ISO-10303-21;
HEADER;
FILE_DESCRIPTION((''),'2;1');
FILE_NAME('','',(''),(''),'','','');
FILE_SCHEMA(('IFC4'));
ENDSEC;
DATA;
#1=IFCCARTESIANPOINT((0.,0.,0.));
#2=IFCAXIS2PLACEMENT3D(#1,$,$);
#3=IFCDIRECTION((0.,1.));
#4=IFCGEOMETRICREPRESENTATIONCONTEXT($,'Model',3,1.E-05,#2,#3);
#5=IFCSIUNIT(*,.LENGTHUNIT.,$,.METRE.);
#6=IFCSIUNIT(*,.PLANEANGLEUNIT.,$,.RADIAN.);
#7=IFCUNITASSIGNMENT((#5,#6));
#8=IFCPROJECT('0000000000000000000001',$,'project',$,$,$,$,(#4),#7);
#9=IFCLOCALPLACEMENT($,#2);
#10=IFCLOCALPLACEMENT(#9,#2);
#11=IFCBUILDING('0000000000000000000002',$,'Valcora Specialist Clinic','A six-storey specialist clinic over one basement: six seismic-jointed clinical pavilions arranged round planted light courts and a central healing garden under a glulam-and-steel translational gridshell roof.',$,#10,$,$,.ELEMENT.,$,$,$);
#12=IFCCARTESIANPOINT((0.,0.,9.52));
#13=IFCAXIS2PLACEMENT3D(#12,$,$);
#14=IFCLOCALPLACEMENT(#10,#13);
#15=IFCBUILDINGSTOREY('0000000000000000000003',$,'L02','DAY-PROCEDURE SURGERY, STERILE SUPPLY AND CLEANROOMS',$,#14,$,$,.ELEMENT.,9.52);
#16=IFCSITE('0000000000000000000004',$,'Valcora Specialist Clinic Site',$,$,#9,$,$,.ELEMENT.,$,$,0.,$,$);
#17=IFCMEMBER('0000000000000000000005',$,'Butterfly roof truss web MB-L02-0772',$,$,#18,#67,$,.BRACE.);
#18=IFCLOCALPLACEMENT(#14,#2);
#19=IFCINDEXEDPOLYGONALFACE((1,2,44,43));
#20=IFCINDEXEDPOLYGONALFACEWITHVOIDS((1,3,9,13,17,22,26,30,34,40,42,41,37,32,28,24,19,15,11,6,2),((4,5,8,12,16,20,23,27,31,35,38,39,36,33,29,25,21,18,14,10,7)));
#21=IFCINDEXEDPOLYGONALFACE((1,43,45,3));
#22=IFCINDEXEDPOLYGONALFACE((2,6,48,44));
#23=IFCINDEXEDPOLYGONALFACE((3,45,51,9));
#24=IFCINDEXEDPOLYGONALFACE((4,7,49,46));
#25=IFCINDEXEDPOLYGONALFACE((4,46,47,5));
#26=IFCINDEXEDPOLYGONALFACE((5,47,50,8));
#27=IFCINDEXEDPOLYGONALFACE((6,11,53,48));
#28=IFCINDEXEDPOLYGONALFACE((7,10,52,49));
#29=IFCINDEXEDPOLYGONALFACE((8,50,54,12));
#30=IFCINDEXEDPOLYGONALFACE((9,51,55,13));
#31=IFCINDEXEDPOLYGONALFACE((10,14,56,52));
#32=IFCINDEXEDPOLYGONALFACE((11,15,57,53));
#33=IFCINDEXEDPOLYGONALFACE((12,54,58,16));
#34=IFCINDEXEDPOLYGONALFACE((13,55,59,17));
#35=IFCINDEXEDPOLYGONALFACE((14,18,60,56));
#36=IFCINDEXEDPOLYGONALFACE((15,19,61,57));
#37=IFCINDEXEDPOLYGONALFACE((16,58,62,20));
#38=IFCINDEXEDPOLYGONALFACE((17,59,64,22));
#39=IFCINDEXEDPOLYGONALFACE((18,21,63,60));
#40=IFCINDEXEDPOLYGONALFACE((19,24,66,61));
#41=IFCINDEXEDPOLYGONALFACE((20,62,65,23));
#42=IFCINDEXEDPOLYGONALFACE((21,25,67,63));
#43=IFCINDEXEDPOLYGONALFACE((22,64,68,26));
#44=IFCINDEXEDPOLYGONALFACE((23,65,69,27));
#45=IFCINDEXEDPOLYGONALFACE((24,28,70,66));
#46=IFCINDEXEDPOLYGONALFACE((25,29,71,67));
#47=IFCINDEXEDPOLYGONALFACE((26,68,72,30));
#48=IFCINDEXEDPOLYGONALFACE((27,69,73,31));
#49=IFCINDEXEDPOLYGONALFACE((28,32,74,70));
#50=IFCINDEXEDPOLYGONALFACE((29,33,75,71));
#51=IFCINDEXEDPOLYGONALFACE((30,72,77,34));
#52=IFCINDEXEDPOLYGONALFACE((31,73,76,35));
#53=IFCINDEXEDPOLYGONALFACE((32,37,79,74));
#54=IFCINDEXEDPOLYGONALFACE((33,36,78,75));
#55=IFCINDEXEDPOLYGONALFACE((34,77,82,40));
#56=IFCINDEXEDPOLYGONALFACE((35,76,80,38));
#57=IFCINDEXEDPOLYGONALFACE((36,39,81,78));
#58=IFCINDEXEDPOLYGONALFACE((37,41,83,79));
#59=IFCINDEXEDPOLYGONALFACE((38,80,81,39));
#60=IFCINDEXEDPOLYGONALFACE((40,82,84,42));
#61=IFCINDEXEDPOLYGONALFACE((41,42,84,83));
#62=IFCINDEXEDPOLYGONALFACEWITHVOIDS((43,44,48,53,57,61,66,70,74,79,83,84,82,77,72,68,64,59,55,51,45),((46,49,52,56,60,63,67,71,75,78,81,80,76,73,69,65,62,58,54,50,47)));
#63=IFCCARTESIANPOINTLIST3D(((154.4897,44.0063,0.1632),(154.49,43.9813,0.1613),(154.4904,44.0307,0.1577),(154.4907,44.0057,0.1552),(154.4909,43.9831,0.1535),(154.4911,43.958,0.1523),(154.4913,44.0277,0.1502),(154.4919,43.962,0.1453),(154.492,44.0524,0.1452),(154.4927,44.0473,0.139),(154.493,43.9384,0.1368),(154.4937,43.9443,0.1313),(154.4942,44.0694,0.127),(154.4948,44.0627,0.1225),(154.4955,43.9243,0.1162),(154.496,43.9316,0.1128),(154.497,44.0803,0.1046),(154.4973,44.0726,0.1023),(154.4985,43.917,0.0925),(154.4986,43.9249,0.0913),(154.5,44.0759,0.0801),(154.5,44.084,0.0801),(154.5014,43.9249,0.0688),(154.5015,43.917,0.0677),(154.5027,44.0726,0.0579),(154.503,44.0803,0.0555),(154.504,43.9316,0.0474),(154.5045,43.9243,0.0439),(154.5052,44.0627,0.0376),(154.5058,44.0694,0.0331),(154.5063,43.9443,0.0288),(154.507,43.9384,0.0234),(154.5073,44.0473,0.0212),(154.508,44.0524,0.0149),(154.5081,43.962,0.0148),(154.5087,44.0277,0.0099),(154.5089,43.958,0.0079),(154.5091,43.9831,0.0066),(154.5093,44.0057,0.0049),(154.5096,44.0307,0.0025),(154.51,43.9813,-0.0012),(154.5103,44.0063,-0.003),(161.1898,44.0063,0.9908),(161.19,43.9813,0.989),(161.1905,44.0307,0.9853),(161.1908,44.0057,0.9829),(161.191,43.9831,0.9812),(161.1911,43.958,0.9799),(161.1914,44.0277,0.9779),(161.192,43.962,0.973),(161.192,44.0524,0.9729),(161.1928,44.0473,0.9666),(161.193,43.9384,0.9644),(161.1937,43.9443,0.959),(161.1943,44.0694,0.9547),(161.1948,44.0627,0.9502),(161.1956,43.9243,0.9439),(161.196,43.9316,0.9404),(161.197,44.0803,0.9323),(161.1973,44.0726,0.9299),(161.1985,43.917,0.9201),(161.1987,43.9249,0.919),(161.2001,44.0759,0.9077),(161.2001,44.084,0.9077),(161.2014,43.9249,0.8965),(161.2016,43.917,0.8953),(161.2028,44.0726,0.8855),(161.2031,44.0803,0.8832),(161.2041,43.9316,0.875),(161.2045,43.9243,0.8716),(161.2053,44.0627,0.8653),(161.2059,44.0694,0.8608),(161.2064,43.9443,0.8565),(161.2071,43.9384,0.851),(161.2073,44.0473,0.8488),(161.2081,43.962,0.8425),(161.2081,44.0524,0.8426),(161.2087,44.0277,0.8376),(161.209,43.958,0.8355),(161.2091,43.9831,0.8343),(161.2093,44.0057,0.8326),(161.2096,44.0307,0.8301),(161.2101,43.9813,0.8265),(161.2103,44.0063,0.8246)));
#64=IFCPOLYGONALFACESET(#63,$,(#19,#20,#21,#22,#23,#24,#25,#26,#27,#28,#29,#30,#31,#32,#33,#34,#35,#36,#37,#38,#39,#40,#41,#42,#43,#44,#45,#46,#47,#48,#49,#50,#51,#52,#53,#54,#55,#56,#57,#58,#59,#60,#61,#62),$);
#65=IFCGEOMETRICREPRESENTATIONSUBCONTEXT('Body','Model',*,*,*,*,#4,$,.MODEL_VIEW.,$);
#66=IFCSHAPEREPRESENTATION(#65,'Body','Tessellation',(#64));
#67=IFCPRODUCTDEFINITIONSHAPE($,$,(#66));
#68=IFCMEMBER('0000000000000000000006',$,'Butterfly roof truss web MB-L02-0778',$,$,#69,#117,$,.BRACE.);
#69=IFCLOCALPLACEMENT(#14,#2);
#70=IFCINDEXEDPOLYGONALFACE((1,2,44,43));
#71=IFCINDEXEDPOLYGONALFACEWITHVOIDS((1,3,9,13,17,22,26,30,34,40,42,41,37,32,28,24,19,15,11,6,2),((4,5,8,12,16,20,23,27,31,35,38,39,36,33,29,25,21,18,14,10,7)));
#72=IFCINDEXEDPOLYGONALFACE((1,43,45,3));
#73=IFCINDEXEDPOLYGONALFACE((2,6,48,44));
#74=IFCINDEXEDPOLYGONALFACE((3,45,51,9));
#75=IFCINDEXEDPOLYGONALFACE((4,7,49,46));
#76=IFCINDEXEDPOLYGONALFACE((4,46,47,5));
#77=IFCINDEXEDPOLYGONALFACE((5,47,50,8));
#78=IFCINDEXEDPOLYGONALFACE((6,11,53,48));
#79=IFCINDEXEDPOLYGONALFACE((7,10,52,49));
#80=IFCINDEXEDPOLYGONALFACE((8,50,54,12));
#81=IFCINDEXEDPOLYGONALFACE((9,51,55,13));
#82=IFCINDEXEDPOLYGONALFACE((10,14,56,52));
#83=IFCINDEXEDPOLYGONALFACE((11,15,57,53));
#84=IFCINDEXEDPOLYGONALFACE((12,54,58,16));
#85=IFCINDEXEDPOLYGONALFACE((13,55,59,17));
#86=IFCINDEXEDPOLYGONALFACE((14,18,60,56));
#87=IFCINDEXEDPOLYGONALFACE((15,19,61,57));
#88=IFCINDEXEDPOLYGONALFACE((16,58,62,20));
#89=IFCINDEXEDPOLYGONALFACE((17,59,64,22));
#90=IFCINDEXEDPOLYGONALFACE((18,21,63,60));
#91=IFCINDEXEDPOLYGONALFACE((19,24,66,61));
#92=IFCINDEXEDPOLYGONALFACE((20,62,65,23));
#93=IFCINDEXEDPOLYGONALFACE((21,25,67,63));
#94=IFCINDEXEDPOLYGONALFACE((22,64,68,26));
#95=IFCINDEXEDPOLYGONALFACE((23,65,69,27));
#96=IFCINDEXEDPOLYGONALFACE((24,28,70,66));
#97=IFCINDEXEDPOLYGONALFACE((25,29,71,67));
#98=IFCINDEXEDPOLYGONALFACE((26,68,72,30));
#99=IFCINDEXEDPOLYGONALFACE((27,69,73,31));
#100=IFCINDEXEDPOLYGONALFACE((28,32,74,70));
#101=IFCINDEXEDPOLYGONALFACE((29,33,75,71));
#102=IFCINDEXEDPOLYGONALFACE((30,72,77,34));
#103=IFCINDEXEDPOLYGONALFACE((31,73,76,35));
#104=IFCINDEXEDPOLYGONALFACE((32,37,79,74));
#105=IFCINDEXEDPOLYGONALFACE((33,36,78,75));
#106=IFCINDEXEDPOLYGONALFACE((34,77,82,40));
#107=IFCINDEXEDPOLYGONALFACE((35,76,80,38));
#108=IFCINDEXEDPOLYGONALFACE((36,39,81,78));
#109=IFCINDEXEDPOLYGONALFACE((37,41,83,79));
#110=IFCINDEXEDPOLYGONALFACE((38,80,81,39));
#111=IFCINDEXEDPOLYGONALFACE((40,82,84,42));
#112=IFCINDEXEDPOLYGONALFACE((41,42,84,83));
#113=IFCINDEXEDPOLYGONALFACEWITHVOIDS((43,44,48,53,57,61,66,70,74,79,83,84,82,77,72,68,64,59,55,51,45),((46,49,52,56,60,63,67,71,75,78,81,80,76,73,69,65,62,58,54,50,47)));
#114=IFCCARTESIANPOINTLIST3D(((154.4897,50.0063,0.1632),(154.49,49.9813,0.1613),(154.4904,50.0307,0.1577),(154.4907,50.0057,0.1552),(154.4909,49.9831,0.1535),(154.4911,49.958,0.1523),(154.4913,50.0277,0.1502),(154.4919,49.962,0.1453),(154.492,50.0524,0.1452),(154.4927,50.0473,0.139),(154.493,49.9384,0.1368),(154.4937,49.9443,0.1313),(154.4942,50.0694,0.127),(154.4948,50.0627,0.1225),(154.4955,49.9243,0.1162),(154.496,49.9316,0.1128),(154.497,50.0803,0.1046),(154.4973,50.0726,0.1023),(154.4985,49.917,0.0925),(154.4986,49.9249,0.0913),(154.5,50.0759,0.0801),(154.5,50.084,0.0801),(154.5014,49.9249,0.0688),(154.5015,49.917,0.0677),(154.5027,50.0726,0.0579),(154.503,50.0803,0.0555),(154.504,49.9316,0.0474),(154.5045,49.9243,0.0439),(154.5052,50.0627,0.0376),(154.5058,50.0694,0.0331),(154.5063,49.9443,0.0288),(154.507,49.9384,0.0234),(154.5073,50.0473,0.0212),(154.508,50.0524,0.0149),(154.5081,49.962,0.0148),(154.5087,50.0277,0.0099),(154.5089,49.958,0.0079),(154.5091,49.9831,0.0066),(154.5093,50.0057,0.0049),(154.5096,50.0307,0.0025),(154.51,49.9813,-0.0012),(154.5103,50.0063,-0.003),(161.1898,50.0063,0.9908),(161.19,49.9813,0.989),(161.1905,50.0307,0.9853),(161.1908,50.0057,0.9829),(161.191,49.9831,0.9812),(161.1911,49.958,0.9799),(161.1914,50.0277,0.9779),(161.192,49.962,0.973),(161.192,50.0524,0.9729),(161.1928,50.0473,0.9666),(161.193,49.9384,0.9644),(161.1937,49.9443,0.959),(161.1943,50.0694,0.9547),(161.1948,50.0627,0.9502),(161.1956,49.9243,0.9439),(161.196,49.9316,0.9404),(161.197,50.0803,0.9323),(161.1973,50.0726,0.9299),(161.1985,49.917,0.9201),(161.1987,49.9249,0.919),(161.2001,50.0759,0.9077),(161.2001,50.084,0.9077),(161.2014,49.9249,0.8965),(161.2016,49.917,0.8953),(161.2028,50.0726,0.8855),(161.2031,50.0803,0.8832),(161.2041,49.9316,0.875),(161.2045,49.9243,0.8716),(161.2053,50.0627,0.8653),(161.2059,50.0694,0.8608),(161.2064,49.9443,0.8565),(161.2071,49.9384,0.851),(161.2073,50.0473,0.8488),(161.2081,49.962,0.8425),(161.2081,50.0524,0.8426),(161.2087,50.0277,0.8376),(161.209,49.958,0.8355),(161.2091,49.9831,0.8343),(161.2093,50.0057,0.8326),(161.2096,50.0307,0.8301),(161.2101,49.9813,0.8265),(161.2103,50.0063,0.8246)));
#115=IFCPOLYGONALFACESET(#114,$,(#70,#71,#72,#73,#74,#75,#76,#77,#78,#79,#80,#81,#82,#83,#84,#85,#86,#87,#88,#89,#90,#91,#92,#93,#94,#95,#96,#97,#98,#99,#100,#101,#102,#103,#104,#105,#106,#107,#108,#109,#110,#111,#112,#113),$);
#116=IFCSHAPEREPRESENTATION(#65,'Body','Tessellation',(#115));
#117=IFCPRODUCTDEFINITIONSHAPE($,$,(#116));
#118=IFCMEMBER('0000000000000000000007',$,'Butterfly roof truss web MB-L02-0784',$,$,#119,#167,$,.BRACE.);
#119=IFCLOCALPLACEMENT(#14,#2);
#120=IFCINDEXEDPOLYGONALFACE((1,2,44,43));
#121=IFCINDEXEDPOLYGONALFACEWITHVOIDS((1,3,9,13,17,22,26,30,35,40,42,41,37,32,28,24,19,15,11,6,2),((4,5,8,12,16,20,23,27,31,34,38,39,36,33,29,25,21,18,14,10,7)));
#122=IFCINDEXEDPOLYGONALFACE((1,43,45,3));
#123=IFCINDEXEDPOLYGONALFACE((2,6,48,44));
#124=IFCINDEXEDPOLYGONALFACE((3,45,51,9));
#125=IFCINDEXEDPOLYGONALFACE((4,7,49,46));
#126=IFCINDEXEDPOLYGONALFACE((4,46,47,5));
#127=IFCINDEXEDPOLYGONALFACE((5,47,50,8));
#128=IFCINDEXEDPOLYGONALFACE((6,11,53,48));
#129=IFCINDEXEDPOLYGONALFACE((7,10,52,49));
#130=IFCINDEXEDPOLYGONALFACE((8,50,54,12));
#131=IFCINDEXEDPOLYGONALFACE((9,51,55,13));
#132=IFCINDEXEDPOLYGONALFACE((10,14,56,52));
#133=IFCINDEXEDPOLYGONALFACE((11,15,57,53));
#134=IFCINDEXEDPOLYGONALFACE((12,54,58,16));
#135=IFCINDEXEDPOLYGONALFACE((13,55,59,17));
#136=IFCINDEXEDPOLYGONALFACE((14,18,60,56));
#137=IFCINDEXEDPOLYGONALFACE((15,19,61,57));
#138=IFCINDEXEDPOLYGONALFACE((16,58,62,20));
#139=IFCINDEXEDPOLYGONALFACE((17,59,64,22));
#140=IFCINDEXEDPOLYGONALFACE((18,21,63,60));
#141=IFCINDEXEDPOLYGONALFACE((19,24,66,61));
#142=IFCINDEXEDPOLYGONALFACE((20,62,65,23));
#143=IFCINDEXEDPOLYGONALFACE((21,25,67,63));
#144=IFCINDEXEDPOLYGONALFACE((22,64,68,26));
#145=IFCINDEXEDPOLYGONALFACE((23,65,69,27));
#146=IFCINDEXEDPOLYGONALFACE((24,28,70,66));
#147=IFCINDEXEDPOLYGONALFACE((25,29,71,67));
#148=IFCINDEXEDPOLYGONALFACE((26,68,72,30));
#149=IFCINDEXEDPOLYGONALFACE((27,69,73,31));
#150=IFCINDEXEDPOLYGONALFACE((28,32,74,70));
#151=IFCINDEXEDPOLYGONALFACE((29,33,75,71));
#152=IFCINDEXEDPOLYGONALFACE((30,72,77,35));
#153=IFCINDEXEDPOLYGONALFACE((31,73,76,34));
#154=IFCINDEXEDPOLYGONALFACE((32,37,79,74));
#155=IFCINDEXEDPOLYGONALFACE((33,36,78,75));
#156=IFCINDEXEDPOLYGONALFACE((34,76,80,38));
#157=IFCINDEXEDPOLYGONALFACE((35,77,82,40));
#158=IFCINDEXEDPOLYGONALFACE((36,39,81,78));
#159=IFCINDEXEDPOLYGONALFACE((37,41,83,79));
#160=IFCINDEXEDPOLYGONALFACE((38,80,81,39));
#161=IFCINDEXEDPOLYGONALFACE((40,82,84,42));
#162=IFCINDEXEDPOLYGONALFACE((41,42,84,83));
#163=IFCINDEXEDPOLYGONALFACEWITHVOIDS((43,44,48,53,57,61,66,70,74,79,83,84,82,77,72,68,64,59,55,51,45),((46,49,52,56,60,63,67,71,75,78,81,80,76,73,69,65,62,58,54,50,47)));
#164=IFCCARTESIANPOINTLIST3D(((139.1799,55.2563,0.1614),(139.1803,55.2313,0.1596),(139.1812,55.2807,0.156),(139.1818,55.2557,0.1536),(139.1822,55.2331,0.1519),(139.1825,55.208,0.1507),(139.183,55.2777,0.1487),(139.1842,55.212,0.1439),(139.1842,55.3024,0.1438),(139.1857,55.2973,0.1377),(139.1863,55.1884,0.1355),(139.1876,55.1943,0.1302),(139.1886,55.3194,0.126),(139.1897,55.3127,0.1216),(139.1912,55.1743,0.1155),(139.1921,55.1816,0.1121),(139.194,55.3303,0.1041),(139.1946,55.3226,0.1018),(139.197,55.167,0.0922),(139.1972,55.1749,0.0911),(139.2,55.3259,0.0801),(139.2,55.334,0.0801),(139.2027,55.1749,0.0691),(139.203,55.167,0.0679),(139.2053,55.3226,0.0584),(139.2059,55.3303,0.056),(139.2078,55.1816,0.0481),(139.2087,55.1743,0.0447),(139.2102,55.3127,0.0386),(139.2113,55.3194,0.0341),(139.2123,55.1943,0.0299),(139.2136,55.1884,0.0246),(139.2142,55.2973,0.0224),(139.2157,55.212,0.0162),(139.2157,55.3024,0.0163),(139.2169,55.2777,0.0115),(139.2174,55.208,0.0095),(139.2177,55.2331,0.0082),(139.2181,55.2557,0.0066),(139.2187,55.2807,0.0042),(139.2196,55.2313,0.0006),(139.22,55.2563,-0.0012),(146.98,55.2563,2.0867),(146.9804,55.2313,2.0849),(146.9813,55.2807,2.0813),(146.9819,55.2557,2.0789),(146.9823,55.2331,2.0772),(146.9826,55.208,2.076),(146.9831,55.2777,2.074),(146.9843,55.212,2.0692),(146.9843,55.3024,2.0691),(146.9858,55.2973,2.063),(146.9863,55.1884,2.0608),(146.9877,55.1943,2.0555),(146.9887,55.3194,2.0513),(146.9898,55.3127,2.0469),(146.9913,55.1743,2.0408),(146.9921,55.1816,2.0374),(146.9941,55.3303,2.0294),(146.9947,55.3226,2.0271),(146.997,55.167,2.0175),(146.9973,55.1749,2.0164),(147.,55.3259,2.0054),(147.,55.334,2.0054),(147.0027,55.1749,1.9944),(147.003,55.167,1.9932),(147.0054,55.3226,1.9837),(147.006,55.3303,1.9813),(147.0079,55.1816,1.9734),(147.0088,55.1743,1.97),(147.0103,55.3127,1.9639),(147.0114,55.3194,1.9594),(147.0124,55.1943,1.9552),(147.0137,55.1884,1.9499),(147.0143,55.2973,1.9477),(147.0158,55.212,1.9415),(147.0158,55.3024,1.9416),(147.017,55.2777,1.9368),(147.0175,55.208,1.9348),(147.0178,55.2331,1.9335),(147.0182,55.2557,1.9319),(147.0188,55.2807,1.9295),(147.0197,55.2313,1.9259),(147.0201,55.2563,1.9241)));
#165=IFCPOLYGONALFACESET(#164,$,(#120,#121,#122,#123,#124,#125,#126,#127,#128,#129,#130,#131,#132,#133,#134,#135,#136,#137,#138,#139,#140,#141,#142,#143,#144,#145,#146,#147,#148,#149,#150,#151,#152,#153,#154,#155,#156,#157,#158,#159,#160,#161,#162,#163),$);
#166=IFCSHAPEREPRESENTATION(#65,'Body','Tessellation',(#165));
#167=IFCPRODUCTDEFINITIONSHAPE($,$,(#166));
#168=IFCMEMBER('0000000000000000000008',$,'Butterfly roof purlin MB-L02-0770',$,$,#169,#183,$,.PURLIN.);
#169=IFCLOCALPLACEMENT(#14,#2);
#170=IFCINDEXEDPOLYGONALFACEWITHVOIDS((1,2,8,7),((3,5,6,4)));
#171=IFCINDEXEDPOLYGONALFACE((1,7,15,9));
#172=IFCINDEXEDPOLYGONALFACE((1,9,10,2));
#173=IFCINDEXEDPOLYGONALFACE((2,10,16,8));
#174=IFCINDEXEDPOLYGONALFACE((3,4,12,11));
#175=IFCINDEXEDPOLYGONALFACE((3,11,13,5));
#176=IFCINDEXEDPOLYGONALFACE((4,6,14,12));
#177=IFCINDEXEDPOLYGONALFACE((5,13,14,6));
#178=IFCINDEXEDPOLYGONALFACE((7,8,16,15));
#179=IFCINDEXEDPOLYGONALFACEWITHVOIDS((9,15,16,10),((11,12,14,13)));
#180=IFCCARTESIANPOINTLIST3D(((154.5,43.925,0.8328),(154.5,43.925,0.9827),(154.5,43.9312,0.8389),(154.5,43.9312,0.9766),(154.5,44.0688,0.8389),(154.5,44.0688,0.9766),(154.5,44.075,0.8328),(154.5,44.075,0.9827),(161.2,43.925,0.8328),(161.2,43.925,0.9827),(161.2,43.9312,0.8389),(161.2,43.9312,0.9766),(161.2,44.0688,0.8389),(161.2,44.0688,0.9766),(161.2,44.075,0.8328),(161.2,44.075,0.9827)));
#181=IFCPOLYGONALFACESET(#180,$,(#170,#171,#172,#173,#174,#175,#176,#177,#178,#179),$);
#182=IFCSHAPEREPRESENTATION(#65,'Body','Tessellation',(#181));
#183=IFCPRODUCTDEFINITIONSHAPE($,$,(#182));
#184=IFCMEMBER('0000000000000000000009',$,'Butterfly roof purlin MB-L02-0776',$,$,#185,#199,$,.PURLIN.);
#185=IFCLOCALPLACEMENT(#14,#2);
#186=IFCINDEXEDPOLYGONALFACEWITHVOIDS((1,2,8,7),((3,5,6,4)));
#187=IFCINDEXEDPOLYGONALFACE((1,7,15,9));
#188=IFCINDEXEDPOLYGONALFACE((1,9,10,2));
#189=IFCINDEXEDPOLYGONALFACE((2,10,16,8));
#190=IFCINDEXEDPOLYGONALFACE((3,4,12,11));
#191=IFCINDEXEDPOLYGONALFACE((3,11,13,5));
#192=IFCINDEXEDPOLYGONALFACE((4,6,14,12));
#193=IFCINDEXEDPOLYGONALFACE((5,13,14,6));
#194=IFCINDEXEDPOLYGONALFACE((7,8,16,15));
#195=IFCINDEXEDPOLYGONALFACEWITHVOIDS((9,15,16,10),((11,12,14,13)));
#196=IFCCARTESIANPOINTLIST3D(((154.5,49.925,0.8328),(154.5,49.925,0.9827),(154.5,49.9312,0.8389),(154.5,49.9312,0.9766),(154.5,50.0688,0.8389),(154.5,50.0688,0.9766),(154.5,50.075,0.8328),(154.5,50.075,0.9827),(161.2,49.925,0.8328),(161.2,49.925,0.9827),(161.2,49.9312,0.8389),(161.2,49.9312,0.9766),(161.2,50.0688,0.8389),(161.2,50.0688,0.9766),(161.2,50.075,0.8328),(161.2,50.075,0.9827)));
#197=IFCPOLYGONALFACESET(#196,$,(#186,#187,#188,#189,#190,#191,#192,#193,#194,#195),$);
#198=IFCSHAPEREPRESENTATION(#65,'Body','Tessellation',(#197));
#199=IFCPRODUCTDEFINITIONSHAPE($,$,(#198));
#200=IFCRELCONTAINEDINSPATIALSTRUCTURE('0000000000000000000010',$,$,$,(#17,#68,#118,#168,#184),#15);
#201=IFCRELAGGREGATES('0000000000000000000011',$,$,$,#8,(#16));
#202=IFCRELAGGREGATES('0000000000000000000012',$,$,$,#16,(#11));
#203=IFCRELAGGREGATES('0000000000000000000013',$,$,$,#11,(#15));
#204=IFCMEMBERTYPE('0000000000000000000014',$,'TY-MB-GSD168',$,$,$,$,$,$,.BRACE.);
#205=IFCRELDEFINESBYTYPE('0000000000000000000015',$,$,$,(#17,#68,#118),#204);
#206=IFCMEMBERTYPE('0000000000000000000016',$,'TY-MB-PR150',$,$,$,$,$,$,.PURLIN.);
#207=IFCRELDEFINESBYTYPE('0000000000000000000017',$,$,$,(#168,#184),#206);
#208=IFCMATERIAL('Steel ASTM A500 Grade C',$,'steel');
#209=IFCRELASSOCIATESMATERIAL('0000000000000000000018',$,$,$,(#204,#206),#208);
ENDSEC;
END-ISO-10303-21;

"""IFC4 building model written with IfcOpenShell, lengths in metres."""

from ifc_helpers import new_model, si_unit, direction, frame, origin, origin_2d, place, context, subcontext, project, spatial, hollow_rectangle, hollow_circle, extrude, material, material_profile, profile_set, type_object, element, save


model = new_model("IFC4")

# Units and contexts
model_context = context("Model", 3, precision=1e-05, world=origin(), true_north=direction((0.0, 1.0)))
body_context = subcontext(model_context, "Body", "Model", "MODEL_VIEW")
ifc_project = project(units=[si_unit("LENGTHUNIT", "METRE"), si_unit("PLANEANGLEUNIT", "RADIAN")], contexts=[model_context])

# Site, building, storey
site_placement = place(None, origin())
site = spatial("IfcSite", under=ifc_project, at=site_placement, Name="Valcora Specialist Clinic Site", CompositionType="ELEMENT", RefElevation=0.0)
building_placement = place(site_placement, origin())
building = spatial("IfcBuilding", under=site, at=building_placement, Name="Valcora Specialist Clinic", Description="A six-storey specialist clinic over one basement: six seismic-jointed clinical pavilions arranged round planted light courts and a central healing garden under a glulam-and-steel translational gridshell roof.", CompositionType="ELEMENT")
storey_placement = place(building_placement, frame((0.0, 0.0, 9.52)))
storey = spatial("IfcBuildingStorey", under=building, at=storey_placement, Name="L02", Description="DAY-PROCEDURE SURGERY, STERILE SUPPLY AND CLEANROOMS", CompositionType="ELEMENT", Elevation=9.52)

# Shared definitions
ifc_material_1 = material(Name="Steel ASTM A500 Grade C", Category="steel")

# Members
ifc_material_profile_1 = material_profile(ifc_material_1, hollow_circle(Radius=0.084, WallThickness=0.0081, at=origin_2d()), Name="ST-CHS-168X8")
ifc_profile_set_1 = profile_set([ifc_material_profile_1], Name="Steel ASTM A500 Grade C")
member_type_1 = type_object("IfcMemberType", Name="TY-MB-GSD168", PredefinedType="BRACE", material=ifc_profile_set_1)
for number, where, z_axis, x_axis, name in (
    (1, (154.5, 44.0, 0.0801), (0.992457, 0.0, 0.122597), (0.0, 1.0, 0.0), "Butterfly roof truss web MB-L02-0772"),
    (2, (154.5, 50.0, 0.0801), (0.992457, 0.0, 0.122597), (0.0, 1.0, 0.0), "Butterfly roof truss web MB-L02-0778"),
):
    element("IfcMember", number, at=place(storey_placement, frame(where, z_axis=z_axis, x_axis=x_axis)), inside=storey, type_object=member_type_1, Name=name, PredefinedType="BRACE", context=body_context, shape_type="SweptSolid", body=[
        extrude(hollow_circle(Radius=0.084, WallThickness=0.0081, at=origin_2d()), origin(), (0.0, 0.0, 1.0), 6.751),
    ])
member_1_placement = place(storey_placement, frame((139.2, 55.25, 0.0801), z_axis=(0.970862, 0.0, 0.239639), x_axis=(0.0, 1.0, 0.0)))
element("IfcMember", 3, at=member_1_placement, inside=storey, type_object=member_type_1, Name="Butterfly roof truss web MB-L02-0784", PredefinedType="BRACE", context=body_context, shape_type="SweptSolid", body=[
    extrude(hollow_circle(Radius=0.084, WallThickness=0.0081, at=origin_2d()), origin(), (0.0, 0.0, 1.0), 8.0342),
])
ifc_material_profile_2 = material_profile(ifc_material_1, hollow_rectangle(XDim=0.1499, YDim=0.1499, WallThickness=0.0061, at=origin_2d()), Name="ST-RHS-150X150X6")
ifc_profile_set_2 = profile_set([ifc_material_profile_2], Name="Steel ASTM A500 Grade C")
member_type_2 = type_object("IfcMemberType", Name="TY-MB-PR150", PredefinedType="PURLIN", material=ifc_profile_set_2)
for number, where, z_axis, x_axis, name in (
    (4, (154.5, 44.0, 0.9077), (1.0, 0.0, 0.0), (0.0, 1.0, 0.0), "Butterfly roof purlin MB-L02-0770"),
    (5, (154.5, 50.0, 0.9077), (1.0, 0.0, 0.0), (0.0, 1.0, 0.0), "Butterfly roof purlin MB-L02-0776"),
):
    element("IfcMember", number, at=place(storey_placement, frame(where, z_axis=z_axis, x_axis=x_axis)), inside=storey, type_object=member_type_2, Name=name, PredefinedType="PURLIN", context=body_context, shape_type="SweptSolid", body=[
        extrude(hollow_rectangle(XDim=0.1499, YDim=0.1499, WallThickness=0.0061, at=origin_2d()), origin(), (0.0, 0.0, 1.0), 6.7),
    ])

save(model, "model.ifc")
